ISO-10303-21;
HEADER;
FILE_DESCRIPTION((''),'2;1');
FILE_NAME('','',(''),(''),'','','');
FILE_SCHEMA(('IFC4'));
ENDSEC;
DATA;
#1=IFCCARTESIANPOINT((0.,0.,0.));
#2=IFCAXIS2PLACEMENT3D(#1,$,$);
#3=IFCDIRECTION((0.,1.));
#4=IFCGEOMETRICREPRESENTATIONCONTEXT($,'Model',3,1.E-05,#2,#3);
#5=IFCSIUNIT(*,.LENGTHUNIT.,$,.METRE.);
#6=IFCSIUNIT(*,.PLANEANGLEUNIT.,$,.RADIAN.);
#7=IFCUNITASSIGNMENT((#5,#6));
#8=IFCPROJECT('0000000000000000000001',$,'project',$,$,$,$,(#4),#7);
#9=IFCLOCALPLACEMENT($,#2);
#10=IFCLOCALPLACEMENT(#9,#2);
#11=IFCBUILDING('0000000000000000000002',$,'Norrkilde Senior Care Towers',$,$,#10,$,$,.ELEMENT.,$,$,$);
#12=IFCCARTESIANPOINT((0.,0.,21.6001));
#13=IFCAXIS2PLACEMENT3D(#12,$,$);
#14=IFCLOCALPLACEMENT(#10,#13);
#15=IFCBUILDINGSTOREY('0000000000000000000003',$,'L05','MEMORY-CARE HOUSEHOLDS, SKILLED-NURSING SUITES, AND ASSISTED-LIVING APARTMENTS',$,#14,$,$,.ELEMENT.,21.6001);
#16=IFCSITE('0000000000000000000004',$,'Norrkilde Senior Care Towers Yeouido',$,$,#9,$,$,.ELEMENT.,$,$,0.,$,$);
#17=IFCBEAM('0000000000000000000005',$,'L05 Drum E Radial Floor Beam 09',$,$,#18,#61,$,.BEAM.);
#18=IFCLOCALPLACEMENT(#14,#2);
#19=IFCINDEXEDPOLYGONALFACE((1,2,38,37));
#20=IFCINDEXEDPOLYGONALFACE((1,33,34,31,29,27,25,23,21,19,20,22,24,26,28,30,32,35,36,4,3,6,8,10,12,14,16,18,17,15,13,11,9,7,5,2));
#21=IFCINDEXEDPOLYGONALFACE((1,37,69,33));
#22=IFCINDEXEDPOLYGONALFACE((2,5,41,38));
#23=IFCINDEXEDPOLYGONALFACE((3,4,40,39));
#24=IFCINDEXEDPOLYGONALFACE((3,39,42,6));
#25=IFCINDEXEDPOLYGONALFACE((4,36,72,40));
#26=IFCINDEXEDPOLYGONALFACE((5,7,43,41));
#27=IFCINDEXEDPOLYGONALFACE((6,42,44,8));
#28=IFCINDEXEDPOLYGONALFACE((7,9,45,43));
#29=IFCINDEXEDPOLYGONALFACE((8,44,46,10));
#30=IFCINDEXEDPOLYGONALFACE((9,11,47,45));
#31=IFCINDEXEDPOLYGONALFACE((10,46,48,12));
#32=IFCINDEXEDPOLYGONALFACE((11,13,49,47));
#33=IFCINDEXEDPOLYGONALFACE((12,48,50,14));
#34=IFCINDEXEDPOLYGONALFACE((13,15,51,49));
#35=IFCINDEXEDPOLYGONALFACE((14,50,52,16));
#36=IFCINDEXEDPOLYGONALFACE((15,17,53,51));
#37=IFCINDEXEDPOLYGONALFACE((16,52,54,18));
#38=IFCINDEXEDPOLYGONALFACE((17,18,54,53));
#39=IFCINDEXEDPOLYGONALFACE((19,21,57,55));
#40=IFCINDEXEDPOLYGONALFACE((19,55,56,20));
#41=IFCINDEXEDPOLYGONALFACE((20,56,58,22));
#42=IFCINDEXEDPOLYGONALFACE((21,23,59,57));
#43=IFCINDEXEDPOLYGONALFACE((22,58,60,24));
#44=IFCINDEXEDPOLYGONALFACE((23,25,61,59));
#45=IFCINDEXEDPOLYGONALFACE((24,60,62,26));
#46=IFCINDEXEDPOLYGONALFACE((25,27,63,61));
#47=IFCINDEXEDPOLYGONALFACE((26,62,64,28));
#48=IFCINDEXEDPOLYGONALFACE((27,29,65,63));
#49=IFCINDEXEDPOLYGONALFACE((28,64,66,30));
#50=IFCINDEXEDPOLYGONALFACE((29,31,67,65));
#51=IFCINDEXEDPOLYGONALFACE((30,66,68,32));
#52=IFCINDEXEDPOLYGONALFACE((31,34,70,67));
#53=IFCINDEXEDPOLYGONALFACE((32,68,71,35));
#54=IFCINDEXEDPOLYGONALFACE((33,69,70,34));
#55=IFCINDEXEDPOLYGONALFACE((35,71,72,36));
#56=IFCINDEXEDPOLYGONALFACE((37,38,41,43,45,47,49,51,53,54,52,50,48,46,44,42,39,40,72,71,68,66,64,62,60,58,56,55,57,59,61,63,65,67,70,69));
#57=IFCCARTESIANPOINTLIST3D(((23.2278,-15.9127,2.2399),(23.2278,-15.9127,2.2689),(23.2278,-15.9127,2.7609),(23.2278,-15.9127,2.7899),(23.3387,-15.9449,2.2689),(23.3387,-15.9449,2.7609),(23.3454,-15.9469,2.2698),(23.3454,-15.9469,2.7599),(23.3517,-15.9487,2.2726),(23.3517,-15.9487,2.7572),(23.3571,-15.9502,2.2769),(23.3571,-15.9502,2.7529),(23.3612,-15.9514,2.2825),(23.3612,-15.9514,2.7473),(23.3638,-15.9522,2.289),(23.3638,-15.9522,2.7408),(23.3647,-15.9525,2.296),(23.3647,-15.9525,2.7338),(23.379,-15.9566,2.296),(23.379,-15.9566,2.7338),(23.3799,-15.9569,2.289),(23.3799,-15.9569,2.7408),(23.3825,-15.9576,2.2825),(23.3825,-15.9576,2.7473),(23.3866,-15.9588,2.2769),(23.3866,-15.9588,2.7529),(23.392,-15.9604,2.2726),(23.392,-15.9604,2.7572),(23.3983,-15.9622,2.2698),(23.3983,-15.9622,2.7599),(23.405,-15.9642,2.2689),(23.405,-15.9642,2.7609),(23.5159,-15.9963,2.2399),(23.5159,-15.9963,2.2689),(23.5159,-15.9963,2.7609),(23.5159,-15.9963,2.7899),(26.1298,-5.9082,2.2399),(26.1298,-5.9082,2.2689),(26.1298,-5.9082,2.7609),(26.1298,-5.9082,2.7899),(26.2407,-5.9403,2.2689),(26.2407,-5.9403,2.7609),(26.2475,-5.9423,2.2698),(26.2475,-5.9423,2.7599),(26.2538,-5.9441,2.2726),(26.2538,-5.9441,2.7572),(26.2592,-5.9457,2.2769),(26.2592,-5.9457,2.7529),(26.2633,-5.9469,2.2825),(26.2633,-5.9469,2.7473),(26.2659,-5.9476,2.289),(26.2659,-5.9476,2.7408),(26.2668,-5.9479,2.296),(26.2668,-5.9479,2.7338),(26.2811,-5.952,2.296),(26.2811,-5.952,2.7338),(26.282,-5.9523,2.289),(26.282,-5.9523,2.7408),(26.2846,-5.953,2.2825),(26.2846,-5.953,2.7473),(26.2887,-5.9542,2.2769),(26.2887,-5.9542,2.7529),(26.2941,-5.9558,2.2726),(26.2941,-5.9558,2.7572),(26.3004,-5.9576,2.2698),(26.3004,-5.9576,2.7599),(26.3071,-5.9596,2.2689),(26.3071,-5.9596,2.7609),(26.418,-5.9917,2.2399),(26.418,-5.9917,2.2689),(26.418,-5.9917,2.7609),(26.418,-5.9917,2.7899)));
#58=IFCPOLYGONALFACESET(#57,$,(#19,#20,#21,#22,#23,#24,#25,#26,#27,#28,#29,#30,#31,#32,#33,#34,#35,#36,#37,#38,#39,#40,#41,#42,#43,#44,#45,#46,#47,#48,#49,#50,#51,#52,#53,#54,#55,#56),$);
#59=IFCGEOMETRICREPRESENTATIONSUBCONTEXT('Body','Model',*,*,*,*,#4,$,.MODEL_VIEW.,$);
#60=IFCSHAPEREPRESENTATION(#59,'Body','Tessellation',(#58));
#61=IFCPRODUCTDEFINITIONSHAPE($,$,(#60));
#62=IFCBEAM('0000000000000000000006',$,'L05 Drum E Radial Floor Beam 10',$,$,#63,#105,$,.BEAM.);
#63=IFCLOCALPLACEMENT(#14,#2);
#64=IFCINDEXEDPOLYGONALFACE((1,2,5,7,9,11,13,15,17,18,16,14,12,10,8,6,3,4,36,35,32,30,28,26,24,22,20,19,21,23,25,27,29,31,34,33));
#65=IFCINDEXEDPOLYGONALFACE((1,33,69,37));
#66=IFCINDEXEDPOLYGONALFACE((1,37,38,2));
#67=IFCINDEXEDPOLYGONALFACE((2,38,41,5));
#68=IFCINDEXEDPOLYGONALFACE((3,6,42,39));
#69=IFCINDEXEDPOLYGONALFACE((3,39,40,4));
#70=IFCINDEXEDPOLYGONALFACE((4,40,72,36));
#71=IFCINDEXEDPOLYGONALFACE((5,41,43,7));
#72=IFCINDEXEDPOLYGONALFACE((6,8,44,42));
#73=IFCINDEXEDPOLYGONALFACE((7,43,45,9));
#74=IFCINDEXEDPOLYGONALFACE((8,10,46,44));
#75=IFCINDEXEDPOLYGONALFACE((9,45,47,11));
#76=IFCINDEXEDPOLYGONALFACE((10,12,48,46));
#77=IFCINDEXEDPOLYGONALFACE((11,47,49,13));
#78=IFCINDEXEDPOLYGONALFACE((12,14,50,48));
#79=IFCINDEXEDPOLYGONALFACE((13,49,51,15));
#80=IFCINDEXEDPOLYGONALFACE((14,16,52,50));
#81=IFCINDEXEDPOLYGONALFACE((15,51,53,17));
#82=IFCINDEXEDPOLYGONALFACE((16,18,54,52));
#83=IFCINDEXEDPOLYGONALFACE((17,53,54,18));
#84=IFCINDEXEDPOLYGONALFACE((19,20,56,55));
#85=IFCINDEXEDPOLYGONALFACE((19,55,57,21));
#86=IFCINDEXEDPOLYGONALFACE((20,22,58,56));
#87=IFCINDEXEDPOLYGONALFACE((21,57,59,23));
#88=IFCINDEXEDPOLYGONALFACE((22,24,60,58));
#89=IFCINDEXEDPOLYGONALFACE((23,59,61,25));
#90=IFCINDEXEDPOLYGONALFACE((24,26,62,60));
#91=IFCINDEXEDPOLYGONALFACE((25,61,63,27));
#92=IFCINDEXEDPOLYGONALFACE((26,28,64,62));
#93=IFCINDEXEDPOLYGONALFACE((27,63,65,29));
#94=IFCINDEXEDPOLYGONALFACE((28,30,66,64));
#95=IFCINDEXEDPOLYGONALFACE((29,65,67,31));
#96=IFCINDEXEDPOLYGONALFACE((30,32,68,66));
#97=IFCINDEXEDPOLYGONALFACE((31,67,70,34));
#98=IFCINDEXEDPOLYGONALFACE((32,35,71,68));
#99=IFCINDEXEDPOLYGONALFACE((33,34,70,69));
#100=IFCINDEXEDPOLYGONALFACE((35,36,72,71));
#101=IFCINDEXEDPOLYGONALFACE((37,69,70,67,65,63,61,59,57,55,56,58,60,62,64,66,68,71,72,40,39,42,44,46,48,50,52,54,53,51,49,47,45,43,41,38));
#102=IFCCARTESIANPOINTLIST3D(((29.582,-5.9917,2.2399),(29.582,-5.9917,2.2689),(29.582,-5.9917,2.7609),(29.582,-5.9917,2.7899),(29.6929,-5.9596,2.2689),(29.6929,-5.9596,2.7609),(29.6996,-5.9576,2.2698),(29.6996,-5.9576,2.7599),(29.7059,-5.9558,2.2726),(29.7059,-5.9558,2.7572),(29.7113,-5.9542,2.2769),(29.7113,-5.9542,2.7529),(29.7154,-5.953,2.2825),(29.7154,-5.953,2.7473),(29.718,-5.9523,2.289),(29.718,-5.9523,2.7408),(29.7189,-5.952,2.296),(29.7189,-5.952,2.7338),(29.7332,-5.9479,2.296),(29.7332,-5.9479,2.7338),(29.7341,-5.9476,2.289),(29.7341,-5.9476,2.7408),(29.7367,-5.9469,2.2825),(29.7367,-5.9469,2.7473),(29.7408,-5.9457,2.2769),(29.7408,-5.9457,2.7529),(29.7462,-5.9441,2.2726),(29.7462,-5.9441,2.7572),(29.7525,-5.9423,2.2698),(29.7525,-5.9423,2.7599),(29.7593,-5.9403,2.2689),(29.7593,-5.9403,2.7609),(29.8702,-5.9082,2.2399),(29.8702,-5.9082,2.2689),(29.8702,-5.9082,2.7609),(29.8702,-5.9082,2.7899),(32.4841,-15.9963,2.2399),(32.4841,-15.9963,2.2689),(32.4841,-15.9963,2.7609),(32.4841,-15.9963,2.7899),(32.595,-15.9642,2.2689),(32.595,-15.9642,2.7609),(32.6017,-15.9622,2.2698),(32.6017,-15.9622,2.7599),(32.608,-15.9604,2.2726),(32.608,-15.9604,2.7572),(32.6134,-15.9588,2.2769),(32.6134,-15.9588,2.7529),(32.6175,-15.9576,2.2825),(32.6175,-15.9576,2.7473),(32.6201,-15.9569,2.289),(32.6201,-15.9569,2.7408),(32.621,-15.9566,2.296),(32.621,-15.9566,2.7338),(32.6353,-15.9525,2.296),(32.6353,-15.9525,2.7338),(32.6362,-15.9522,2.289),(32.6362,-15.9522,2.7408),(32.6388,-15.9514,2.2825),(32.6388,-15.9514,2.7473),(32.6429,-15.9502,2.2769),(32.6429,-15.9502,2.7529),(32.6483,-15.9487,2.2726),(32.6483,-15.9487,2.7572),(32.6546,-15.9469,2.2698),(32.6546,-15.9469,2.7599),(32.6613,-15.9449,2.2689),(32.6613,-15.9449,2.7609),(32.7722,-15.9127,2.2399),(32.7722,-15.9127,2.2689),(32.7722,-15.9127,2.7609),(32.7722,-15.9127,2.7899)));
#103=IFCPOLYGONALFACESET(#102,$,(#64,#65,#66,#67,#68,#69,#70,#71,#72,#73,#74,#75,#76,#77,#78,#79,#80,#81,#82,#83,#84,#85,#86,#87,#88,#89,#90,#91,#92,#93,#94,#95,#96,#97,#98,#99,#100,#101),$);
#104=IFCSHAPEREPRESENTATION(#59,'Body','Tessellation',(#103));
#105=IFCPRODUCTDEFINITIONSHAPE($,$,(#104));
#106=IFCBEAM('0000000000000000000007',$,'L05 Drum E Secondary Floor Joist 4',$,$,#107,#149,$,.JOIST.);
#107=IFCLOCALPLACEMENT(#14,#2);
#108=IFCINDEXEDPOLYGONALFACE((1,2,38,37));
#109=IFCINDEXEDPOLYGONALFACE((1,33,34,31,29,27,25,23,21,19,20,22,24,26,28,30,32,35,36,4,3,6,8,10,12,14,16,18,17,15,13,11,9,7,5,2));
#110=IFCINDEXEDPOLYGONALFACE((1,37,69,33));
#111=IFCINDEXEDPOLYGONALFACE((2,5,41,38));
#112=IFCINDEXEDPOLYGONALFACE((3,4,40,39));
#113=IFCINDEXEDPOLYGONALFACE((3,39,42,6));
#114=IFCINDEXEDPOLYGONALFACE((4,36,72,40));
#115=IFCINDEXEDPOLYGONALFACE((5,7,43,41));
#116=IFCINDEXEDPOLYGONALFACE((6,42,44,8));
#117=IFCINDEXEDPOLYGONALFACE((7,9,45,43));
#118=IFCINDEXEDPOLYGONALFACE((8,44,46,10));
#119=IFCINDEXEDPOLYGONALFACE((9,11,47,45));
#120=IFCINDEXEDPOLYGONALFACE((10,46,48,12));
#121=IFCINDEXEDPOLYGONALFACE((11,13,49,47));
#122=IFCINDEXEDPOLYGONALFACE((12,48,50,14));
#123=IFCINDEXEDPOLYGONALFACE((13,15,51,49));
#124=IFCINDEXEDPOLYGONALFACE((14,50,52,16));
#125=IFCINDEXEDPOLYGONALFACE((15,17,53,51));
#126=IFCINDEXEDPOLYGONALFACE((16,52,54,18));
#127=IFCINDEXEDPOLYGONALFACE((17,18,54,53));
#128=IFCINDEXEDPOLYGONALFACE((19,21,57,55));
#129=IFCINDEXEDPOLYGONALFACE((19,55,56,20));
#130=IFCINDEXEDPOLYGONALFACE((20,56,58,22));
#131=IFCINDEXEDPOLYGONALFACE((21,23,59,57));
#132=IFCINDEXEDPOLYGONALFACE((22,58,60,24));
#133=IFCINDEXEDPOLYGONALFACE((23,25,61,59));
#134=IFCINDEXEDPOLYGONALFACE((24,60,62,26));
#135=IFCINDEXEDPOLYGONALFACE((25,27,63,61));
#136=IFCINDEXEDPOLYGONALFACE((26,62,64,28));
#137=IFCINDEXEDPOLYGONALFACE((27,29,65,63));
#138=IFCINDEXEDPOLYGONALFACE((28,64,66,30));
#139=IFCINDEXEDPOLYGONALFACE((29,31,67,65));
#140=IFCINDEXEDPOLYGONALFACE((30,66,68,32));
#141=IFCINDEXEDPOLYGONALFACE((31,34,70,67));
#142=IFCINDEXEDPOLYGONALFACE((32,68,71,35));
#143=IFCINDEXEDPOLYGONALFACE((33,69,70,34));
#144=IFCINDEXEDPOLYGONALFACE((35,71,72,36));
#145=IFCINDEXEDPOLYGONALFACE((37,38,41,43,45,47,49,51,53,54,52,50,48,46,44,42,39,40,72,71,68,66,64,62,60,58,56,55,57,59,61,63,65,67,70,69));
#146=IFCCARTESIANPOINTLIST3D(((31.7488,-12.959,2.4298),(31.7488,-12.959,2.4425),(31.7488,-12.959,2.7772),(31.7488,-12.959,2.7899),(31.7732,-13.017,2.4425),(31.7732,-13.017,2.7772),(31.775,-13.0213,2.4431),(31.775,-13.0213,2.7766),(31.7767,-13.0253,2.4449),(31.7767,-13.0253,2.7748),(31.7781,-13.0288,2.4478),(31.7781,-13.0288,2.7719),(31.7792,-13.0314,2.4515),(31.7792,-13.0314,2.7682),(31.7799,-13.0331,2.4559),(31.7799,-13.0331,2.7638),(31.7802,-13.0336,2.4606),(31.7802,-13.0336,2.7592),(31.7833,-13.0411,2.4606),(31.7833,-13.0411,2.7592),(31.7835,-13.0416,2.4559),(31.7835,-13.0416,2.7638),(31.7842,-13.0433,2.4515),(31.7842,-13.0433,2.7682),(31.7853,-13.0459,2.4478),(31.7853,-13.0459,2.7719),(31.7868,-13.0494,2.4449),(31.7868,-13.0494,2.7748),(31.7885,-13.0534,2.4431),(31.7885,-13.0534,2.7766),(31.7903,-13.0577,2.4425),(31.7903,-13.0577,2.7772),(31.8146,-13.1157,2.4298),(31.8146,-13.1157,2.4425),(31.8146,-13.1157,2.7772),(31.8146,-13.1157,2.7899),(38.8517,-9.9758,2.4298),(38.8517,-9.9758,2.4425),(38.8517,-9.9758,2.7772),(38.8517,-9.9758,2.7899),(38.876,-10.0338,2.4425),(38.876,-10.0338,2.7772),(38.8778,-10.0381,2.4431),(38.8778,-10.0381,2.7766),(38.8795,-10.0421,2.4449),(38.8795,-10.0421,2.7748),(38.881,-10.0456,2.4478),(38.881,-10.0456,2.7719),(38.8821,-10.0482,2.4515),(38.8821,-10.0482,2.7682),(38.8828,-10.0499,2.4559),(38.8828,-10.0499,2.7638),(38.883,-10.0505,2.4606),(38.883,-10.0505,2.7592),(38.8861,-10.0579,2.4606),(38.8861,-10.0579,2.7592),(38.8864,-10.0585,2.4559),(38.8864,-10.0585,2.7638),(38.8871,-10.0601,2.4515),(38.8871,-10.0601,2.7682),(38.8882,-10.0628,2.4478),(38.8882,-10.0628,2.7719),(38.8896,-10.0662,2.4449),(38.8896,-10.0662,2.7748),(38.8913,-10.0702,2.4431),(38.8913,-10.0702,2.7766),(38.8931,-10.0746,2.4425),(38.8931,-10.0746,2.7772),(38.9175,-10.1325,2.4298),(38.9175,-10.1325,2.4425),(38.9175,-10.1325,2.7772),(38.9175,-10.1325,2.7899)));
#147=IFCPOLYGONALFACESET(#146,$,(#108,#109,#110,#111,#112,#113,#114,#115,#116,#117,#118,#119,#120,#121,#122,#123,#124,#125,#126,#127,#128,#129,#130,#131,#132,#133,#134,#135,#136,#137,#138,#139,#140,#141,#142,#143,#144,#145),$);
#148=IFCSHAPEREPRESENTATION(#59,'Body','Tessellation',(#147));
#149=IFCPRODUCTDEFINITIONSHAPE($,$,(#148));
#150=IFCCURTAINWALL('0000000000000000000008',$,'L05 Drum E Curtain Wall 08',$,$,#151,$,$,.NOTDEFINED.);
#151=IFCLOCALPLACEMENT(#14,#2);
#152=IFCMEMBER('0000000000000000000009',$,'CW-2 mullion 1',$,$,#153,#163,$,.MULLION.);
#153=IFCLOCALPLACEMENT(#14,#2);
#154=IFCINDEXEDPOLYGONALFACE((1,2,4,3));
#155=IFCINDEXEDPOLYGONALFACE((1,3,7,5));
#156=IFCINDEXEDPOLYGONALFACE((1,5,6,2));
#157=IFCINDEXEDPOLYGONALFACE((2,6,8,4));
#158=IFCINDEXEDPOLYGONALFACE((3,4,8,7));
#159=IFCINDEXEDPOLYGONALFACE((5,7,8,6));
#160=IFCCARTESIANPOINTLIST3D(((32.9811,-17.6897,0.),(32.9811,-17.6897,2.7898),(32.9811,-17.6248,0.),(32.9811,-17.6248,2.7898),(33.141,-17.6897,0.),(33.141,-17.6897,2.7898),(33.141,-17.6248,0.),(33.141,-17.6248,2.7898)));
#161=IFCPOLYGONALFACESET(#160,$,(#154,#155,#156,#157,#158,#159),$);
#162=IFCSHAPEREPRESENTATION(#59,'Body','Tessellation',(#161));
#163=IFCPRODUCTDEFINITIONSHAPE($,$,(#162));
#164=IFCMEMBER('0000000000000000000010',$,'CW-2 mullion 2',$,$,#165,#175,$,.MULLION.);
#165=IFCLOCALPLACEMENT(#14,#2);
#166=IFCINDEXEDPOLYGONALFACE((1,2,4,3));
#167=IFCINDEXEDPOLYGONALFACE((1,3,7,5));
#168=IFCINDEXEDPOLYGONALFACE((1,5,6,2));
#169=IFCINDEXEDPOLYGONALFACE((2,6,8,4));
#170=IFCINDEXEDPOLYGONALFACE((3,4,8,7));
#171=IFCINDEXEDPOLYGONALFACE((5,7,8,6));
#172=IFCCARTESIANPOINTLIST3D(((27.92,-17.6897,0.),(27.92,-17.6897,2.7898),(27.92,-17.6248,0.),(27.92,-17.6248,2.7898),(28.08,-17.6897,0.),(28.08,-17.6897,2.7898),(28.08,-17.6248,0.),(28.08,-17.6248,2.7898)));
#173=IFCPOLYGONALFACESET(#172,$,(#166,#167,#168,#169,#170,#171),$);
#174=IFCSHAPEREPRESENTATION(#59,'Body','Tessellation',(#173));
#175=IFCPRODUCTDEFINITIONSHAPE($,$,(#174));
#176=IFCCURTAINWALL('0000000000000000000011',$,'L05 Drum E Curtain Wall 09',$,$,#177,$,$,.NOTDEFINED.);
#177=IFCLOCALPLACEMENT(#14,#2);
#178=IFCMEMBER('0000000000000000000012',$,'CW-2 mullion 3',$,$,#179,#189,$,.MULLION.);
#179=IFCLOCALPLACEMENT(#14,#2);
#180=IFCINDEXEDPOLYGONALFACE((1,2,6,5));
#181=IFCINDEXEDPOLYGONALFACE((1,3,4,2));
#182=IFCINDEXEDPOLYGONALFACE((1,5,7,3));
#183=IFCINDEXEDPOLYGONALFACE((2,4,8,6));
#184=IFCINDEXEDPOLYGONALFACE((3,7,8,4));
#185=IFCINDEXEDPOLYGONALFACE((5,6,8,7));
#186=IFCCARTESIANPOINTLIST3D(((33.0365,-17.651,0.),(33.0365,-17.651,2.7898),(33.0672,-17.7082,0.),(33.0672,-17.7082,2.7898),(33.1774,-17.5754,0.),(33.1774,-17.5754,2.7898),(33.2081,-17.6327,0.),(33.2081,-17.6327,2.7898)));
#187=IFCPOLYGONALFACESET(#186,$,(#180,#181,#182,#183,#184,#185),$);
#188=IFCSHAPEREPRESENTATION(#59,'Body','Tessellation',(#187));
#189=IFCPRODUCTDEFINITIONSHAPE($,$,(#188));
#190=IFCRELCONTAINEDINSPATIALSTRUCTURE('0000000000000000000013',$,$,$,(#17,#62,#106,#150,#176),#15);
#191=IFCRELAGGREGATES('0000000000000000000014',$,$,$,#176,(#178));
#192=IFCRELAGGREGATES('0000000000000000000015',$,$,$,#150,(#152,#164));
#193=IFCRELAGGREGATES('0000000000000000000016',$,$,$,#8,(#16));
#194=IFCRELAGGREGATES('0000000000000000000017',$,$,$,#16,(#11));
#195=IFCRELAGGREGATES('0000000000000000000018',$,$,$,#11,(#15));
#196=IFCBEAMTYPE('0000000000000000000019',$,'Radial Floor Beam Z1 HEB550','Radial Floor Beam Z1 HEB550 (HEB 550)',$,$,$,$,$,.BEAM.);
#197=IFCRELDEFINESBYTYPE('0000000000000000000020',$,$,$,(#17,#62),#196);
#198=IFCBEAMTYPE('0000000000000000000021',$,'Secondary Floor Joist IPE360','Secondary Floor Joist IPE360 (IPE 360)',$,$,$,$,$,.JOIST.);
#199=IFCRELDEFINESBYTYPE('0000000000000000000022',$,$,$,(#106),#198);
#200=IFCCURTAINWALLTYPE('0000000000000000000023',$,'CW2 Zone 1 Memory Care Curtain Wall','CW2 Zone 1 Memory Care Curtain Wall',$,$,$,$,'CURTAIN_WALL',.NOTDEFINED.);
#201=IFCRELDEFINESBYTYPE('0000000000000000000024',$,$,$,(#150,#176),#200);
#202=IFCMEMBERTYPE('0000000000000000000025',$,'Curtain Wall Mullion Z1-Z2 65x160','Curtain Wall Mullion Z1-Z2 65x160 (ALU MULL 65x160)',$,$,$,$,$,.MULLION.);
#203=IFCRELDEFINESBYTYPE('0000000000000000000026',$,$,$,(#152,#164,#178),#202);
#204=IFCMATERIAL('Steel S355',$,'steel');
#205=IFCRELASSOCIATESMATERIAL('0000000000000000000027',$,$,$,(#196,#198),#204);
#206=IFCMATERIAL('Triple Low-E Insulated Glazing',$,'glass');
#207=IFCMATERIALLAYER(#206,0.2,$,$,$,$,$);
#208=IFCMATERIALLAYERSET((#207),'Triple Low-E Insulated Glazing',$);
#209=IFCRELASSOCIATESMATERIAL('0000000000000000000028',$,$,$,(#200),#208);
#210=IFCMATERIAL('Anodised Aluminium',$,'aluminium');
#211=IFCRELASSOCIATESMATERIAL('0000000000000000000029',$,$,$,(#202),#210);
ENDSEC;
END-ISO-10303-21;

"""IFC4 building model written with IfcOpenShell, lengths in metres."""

from ifc_helpers import new_model, si_unit, direction, frame, origin, origin_2d, place, context, subcontext, project, spatial, rectangle, i_section, extrude, source, transform, mapped, material, layer, layer_set, material_profile, profile_set, type_object, type_shapes, element, aggregate, save


model = new_model("IFC4")

# Units and contexts
model_context = context("Model", 3, precision=1e-05, world=origin(), true_north=direction((0.0, 1.0)))
body_context = subcontext(model_context, "Body", "Model", "MODEL_VIEW")
ifc_project = project(units=[si_unit("LENGTHUNIT", "METRE"), si_unit("PLANEANGLEUNIT", "RADIAN")], contexts=[model_context])

# Site, building, storey
site_placement = place(None, origin())
site = spatial("IfcSite", under=ifc_project, at=site_placement, Name="Norrkilde Senior Care Towers Yeouido", CompositionType="ELEMENT", RefElevation=0.0)
building_placement = place(site_placement, origin())
building = spatial("IfcBuilding", under=site, at=building_placement, Name="Norrkilde Senior Care Towers", CompositionType="ELEMENT")
storey_placement = place(building_placement, frame((0.0, 0.0, 21.6001)))
storey = spatial("IfcBuildingStorey", under=building, at=storey_placement, Name="L05", Description="MEMORY-CARE HOUSEHOLDS, SKILLED-NURSING SUITES, AND ASSISTED-LIVING APARTMENTS", CompositionType="ELEMENT", Elevation=21.6001)

# Beams
ifc_material_1 = material(Name="Steel S355", Category="steel")
ifc_material_profile_1 = material_profile(ifc_material_1, i_section(OverallWidth=0.3, OverallDepth=0.55, WebThickness=0.0149, FlangeThickness=0.0291, FilletRadius=0.0271, at=origin_2d()), Name="HEB 550")
ifc_profile_set_1 = profile_set([ifc_material_profile_1], Name="Steel S355")
beam_type_1 = type_object("IfcBeamType", Name="Radial Floor Beam Z1 HEB550", Description="Radial Floor Beam Z1 HEB550 (HEB 550)", PredefinedType="BEAM", material=ifc_profile_set_1)
shared_shape_1 = source(origin(), body_context, "Body", "SweptSolid", [
    extrude(i_section(OverallWidth=0.3, OverallDepth=0.55, WebThickness=0.0149, FlangeThickness=0.0291, FilletRadius=0.0271, at=origin_2d()), origin(), (0.0, 0.0, 1.0), 10.417),
])
for number, where, z_axis, x_axis, name in (
    (1, (26.2739, -5.95, 2.5149), (-0.278591, -0.96041, 0.0), (0.96041, -0.278591, 0.0), "L05 Drum E Radial Floor Beam 09"),
    (2, (29.7261, -5.95, 2.5149), (0.278591, -0.96041, 0.0), (0.96041, 0.278591, 0.0), "L05 Drum E Radial Floor Beam 10"),
):
    element("IfcBeam", number, at=place(storey_placement, frame(where, z_axis=z_axis, x_axis=x_axis)), inside=storey, type_object=beam_type_1, Name=name, PredefinedType="BEAM", context=body_context, shape_type="MappedRepresentation", body=[
        mapped(shared_shape_1, transform((0.0, 0.0, 0.0), x_axis=(1.0, 0.0, 0.0), y_axis=(0.0, 1.0, 0.0), z_axis=(0.0, 0.0, 1.0), scale=1.0)),
    ])
ifc_material_profile_2 = material_profile(ifc_material_1, i_section(OverallWidth=0.1699, OverallDepth=0.3601, WebThickness=0.0081, FlangeThickness=0.0127, FilletRadius=0.0181, at=origin_2d()), Name="IPE 360")
ifc_profile_set_2 = profile_set([ifc_material_profile_2], Name="Steel S355")
beam_type_2 = type_object("IfcBeamType", Name="Secondary Floor Joist IPE360", Description="Secondary Floor Joist IPE360 (IPE 360)", PredefinedType="JOIST", material=ifc_profile_set_2)
shared_shape_2 = source(origin(), body_context, "Body", "SweptSolid", [
    extrude(i_section(OverallWidth=0.1699, OverallDepth=0.3601, WebThickness=0.0081, FlangeThickness=0.0127, FilletRadius=0.0181, at=origin_2d()), origin(), (0.0, 0.0, 1.0), 7.7039),
])
type_shapes(beam_type_2, [shared_shape_2])
beam_1_placement = place(storey_placement, frame((31.7817, -13.0374, 2.6099), z_axis=(0.921983, 0.387231, 0.0), x_axis=(-0.387231, 0.921983, 0.0)))
element("IfcBeam", 3, at=beam_1_placement, inside=storey, type_object=beam_type_2, Name="L05 Drum E Secondary Floor Joist 4", PredefinedType="JOIST", context=body_context, shape_type="MappedRepresentation", body=[
    mapped(shared_shape_2, transform((0.0, 0.0, 0.0), x_axis=(1.0, 0.0, 0.0), y_axis=(0.0, 1.0, 0.0), z_axis=(0.0, 0.0, 1.0), scale=1.0)),
])

# Curtain wall, members
ifc_material_2 = material(Name="Triple Low-E Insulated Glazing", Category="glass")
ifc_layer_1 = layer(ifc_material_2, 0.2)
ifc_layer_set_1 = layer_set([ifc_layer_1], Name="Triple Low-E Insulated Glazing")
curtain_wall_type = type_object("IfcCurtainWallType", Name="CW2 Zone 1 Memory Care Curtain Wall", Description="CW2 Zone 1 Memory Care Curtain Wall", ElementType="CURTAIN_WALL", PredefinedType="NOTDEFINED", material=ifc_layer_set_1)
curtain_wall_1_placement = place(storey_placement, origin())
curtain_wall_1 = element("IfcCurtainWall", 4, at=curtain_wall_1_placement, inside=storey, type_object=curtain_wall_type, Name="L05 Drum E Curtain Wall 08", PredefinedType="NOTDEFINED")
ifc_material_3 = material(Name="Anodised Aluminium", Category="aluminium")
ifc_material_profile_3 = material_profile(ifc_material_3, rectangle(XDim=0.0649, YDim=0.1599, at=origin_2d()), Name="ALU MULL 65x160")
ifc_profile_set_3 = profile_set([ifc_material_profile_3], Name="Anodised Aluminium")
member_type_1 = type_object("IfcMemberType", Name="Curtain Wall Mullion Z1-Z2 65x160", Description="Curtain Wall Mullion Z1-Z2 65x160 (ALU MULL 65x160)", PredefinedType="MULLION", material=ifc_profile_set_3)
shared_shape_3 = source(origin(), body_context, "Body", "SweptSolid", [
    extrude(rectangle(XDim=0.0649, YDim=0.1599, at=origin_2d()), origin(), (0.0, 0.0, 1.0), 2.7898),
])
type_shapes(member_type_1, [shared_shape_3])
member_1_placement = place(storey_placement, frame((33.061, -17.6572, 0.0), z_axis=(0.0, 0.0, 1.0), x_axis=(0.0, -1.0, 0.0)))
member_1 = element("IfcMember", 5, at=member_1_placement, type_object=member_type_1, Name="CW-2 mullion 1", PredefinedType="MULLION", context=body_context, shape_type="MappedRepresentation", body=[
    mapped(shared_shape_3, transform((0.0, 0.0, 0.0), x_axis=(1.0, 0.0, 0.0), y_axis=(0.0, 1.0, 0.0), z_axis=(0.0, 0.0, 1.0), scale=1.0)),
])
member_2_placement = place(storey_placement, frame((28.0, -17.6572, 0.0), z_axis=(0.0, 0.0, 1.0), x_axis=(0.0, -1.0, 0.0)))
member_2 = element("IfcMember", 6, at=member_2_placement, type_object=member_type_1, Name="CW-2 mullion 2", PredefinedType="MULLION", context=body_context, shape_type="MappedRepresentation", body=[
    mapped(shared_shape_3, transform((0.0, 0.0, 0.0), x_axis=(1.0, 0.0, 0.0), y_axis=(0.0, 1.0, 0.0), z_axis=(0.0, 0.0, 1.0), scale=1.0)),
])

# Curtain wall, member
curtain_wall_2_placement = place(storey_placement, origin())
curtain_wall_2 = element("IfcCurtainWall", 7, at=curtain_wall_2_placement, inside=storey, type_object=curtain_wall_type, Name="L05 Drum E Curtain Wall 09", PredefinedType="NOTDEFINED")
member_3_placement = place(storey_placement, frame((33.1223, -17.6418, 0.0), z_axis=(0.0, 0.0, 1.0), x_axis=(0.472608, -0.881273, 0.0)))
member_3 = element("IfcMember", 8, at=member_3_placement, type_object=member_type_1, Name="CW-2 mullion 3", PredefinedType="MULLION", context=body_context, shape_type="MappedRepresentation", body=[
    mapped(shared_shape_3, transform((0.0, 0.0, 0.0), x_axis=(1.0, 0.0, 0.0), y_axis=(0.0, 1.0, 0.0), z_axis=(0.0, 0.0, 1.0), scale=1.0)),
])

aggregate(curtain_wall_2, [member_3])
aggregate(curtain_wall_1, [member_1, member_2])

save(model, "model.ifc")
